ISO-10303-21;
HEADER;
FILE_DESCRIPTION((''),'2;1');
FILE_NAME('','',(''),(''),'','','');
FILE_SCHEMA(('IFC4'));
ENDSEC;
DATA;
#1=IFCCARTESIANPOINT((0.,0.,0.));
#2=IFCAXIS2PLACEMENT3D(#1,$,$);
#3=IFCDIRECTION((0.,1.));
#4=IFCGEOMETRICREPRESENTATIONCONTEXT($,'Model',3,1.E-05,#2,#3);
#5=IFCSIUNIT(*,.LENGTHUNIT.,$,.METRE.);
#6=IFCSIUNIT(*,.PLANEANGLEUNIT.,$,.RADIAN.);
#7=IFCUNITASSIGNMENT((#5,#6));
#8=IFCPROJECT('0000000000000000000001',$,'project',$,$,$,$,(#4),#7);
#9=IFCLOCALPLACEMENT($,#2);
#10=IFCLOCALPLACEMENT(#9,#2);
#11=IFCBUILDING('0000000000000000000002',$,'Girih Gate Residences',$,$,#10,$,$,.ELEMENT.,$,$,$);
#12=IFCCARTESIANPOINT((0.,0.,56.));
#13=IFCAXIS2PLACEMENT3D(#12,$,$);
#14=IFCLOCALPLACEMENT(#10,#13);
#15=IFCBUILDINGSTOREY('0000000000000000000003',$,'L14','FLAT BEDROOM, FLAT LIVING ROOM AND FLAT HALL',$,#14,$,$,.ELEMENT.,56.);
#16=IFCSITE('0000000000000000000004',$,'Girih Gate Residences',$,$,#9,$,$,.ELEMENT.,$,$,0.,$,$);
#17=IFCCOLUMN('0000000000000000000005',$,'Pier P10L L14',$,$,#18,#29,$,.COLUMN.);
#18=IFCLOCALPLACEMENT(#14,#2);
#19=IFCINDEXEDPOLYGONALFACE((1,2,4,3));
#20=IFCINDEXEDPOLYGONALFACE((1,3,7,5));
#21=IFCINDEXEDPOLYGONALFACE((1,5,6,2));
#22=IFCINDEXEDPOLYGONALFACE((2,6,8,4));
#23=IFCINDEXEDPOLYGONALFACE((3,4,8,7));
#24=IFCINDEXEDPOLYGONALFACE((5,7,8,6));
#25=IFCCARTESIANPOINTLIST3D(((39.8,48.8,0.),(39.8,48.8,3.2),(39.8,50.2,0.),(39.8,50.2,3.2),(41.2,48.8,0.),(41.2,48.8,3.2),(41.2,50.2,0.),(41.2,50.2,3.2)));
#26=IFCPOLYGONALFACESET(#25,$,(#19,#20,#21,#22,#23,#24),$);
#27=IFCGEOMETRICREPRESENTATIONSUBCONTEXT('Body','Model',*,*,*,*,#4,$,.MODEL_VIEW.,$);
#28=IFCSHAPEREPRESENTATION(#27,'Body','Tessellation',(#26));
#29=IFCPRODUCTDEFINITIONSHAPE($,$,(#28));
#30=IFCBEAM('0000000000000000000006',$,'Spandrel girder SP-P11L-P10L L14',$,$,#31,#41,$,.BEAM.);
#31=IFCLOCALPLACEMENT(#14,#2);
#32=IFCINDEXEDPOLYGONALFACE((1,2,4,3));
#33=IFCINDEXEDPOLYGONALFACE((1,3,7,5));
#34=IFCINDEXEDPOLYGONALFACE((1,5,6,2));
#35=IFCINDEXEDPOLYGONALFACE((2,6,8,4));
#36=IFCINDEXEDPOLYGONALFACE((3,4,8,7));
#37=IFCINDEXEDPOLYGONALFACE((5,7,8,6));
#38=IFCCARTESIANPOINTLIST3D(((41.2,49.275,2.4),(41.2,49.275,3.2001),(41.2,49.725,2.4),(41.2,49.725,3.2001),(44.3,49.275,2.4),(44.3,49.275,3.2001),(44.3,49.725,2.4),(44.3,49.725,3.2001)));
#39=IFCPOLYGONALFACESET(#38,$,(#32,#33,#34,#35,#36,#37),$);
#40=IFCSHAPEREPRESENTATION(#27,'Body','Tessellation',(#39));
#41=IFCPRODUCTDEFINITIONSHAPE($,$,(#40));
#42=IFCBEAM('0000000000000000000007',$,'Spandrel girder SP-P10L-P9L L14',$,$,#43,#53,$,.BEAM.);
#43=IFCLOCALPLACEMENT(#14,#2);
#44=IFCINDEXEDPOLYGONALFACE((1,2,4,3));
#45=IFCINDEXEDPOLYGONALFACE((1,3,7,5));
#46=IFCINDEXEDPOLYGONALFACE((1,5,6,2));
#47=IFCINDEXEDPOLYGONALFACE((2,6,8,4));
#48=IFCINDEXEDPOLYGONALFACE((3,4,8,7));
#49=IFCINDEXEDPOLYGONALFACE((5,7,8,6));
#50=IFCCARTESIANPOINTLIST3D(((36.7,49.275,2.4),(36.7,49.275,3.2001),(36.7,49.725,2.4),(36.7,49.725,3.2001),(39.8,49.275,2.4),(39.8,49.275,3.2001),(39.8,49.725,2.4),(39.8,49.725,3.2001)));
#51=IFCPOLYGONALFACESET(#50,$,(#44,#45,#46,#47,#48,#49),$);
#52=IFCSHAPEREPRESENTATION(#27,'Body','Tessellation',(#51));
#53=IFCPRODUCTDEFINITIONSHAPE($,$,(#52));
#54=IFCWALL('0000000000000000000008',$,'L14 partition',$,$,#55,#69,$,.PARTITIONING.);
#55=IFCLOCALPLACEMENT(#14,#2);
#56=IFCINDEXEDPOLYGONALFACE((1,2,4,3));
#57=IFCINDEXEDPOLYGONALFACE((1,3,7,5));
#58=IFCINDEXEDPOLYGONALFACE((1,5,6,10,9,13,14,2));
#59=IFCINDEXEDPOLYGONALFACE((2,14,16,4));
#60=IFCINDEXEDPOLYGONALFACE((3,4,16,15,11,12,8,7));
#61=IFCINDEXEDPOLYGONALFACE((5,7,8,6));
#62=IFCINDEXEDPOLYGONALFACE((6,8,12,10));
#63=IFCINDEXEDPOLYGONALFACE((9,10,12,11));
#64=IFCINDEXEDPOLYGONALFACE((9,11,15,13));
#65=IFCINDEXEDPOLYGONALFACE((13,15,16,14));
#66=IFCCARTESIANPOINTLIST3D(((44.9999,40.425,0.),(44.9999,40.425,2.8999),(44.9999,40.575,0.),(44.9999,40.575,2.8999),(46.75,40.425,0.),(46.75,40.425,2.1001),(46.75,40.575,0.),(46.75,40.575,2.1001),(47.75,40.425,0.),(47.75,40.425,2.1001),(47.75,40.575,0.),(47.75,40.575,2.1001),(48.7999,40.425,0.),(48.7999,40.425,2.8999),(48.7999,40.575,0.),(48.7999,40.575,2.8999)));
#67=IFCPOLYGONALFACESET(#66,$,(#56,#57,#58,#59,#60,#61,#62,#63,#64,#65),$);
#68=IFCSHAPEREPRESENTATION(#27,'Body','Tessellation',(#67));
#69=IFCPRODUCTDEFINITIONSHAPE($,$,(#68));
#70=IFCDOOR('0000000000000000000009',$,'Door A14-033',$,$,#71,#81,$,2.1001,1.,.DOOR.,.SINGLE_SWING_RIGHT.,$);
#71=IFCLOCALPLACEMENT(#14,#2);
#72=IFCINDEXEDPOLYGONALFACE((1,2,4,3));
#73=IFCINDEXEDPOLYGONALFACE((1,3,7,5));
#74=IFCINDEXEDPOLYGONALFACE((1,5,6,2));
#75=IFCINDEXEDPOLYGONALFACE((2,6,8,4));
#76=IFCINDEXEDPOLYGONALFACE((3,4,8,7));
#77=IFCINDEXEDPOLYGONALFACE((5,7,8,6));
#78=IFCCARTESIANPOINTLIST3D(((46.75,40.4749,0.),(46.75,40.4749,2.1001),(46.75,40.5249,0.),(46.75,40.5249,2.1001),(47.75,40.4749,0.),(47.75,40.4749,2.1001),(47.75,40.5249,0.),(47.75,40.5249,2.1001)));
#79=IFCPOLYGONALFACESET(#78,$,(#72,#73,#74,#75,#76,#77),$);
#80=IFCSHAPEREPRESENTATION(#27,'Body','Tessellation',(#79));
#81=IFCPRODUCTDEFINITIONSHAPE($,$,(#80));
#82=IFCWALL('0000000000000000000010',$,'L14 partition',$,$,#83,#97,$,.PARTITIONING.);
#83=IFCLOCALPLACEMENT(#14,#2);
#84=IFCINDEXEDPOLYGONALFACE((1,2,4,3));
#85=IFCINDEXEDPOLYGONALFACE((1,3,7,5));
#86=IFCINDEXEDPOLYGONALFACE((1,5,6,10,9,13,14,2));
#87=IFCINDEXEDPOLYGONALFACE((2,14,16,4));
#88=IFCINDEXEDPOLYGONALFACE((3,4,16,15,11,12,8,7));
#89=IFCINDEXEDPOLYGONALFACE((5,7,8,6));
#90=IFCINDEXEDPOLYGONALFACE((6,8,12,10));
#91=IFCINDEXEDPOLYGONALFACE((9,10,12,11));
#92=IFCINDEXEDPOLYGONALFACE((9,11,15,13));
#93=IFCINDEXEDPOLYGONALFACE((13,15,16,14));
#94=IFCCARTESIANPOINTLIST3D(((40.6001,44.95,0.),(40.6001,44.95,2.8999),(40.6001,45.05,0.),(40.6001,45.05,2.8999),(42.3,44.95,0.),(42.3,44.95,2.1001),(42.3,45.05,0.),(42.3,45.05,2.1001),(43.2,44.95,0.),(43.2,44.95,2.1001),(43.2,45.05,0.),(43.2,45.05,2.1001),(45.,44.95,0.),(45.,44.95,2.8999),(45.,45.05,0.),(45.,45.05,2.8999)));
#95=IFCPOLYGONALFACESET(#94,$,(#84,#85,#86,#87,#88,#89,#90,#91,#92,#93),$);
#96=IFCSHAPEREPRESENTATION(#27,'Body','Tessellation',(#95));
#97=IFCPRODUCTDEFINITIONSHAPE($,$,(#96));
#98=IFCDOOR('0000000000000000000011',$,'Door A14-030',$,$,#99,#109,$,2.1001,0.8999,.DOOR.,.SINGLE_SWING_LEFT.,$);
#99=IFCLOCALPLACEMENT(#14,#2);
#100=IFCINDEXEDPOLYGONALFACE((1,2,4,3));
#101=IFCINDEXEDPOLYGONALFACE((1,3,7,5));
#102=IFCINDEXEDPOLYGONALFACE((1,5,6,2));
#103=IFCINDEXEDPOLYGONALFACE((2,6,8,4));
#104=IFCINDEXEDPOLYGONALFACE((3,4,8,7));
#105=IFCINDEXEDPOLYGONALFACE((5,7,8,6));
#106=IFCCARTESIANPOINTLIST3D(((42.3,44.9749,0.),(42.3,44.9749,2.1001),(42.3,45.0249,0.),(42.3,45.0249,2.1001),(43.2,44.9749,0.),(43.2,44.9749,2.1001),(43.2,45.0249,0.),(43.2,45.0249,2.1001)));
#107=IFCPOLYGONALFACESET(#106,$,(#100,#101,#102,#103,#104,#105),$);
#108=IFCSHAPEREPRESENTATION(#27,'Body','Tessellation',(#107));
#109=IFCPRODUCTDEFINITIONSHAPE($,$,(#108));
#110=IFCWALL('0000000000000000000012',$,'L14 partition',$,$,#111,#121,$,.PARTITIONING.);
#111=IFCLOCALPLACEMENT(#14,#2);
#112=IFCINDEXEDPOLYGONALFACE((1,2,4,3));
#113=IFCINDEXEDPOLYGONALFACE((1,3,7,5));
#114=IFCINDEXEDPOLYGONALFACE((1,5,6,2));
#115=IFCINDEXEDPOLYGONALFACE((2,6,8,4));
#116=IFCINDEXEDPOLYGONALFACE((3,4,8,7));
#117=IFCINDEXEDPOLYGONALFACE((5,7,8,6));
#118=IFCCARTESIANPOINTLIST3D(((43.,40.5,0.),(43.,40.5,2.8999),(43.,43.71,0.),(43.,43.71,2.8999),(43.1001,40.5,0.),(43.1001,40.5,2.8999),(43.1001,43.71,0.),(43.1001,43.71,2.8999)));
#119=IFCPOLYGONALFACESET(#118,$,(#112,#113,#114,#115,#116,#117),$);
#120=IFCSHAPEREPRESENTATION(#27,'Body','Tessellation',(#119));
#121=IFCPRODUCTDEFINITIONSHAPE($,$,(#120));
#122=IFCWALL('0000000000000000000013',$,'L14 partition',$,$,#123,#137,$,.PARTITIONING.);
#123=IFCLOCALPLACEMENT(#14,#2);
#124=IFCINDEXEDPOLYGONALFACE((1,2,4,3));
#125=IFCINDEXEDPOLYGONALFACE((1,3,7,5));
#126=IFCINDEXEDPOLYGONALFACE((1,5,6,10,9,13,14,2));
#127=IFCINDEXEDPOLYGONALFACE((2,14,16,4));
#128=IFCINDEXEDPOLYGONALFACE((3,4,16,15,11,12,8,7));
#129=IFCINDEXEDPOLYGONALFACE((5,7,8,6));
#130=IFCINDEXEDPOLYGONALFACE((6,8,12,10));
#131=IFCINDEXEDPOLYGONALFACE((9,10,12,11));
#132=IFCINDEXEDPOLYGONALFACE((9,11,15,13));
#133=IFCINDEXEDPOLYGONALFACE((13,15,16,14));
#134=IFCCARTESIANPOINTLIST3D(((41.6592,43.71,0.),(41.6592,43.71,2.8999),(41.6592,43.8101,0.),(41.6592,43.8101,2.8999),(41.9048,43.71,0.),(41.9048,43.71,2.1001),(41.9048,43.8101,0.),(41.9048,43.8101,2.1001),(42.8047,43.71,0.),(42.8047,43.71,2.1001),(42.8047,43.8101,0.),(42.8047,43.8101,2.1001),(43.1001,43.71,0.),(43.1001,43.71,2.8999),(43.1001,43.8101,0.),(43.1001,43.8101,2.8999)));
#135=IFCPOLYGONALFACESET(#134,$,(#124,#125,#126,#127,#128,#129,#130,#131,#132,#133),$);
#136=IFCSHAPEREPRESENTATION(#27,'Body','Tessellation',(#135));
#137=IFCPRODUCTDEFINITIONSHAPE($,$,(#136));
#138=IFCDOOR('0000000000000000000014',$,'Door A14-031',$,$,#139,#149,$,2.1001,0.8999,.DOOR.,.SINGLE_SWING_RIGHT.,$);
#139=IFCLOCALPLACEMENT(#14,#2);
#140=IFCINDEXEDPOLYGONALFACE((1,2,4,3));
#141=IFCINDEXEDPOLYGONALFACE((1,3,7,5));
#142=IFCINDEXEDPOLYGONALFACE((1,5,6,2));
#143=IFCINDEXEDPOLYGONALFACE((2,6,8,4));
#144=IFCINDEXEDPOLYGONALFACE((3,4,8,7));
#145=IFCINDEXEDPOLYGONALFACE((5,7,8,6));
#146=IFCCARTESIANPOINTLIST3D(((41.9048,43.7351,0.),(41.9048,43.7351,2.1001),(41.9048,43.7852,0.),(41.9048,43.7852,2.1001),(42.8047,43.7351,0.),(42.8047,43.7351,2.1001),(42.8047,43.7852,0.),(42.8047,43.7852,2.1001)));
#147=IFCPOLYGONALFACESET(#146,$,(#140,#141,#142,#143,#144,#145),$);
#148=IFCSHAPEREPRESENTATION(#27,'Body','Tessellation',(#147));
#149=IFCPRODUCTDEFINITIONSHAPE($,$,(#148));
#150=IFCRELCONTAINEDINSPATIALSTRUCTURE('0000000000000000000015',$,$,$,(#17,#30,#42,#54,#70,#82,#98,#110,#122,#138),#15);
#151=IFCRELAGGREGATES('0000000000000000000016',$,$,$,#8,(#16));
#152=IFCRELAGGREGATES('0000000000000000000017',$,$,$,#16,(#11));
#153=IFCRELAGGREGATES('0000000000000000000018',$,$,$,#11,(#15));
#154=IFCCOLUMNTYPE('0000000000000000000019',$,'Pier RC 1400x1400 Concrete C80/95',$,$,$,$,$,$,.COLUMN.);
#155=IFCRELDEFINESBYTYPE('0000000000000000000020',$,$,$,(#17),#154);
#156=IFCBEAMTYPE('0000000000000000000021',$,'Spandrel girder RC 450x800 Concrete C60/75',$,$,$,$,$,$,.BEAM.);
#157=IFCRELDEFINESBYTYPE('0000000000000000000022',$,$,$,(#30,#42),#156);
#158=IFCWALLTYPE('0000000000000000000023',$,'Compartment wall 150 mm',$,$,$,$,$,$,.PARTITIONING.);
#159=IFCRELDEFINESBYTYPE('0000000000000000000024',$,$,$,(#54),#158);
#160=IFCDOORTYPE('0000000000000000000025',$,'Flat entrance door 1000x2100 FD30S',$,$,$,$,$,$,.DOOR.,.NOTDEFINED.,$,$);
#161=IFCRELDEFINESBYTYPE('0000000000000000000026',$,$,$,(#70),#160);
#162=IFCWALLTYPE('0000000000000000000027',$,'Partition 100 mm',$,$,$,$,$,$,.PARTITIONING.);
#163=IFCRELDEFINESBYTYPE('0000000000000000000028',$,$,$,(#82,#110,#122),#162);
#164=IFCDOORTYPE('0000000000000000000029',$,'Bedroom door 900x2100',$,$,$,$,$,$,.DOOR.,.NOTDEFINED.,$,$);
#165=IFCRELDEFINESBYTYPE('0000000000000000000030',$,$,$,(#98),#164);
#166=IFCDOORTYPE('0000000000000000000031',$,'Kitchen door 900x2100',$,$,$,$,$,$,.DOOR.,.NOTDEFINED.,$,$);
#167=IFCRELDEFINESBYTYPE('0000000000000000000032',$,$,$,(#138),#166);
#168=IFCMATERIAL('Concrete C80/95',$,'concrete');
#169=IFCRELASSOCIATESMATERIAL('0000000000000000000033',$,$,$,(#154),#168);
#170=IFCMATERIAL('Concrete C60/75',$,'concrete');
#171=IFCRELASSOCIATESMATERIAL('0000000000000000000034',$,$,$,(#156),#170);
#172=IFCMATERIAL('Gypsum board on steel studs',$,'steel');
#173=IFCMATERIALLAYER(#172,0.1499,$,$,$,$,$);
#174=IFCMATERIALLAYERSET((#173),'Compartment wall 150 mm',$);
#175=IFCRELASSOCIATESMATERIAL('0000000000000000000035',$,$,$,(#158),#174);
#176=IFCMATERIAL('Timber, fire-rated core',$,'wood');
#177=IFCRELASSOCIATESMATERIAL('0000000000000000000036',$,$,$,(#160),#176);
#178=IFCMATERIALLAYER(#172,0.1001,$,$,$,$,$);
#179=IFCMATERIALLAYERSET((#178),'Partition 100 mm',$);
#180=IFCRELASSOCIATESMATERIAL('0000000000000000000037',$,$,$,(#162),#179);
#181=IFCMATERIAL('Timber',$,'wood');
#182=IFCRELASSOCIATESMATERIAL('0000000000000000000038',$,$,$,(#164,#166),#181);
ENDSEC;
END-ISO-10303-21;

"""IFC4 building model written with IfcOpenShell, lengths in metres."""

from ifc_helpers import new_model, si_unit, direction, frame, frame_2d, origin, origin_2d, place, context, subcontext, project, spatial, rectangle, extrude, material, layer, layer_set, material_profile, profile_set, type_object, element, fill, save


model = new_model("IFC4")

# Units and contexts
model_context = context("Model", 3, precision=1e-05, world=origin(), true_north=direction((0.0, 1.0)))
body_context = subcontext(model_context, "Body", "Model", "MODEL_VIEW")
ifc_project = project(units=[si_unit("LENGTHUNIT", "METRE"), si_unit("PLANEANGLEUNIT", "RADIAN")], contexts=[model_context])

# Site, building, storey
site_placement = place(None, origin())
site = spatial("IfcSite", under=ifc_project, at=site_placement, Name="Girih Gate Residences", CompositionType="ELEMENT", RefElevation=0.0)
building_placement = place(site_placement, origin())
building = spatial("IfcBuilding", under=site, at=building_placement, Name="Girih Gate Residences", CompositionType="ELEMENT")
storey_placement = place(building_placement, frame((0.0, 0.0, 56.0)))
storey = spatial("IfcBuildingStorey", under=building, at=storey_placement, Name="L14", Description="FLAT BEDROOM, FLAT LIVING ROOM AND FLAT HALL", CompositionType="ELEMENT", Elevation=56.0)

# Column
ifc_material_1 = material(Name="Concrete C80/95", Category="concrete")
ifc_material_profile_1 = material_profile(ifc_material_1, rectangle(XDim=1.3999, YDim=1.3999, at=origin_2d()))
ifc_profile_set_1 = profile_set([ifc_material_profile_1], Name="Concrete C80/95")
column_type = type_object("IfcColumnType", Name="Pier RC 1400x1400 Concrete C80/95", PredefinedType="COLUMN", material=ifc_profile_set_1)
column_placement = place(storey_placement, frame((40.5, 49.5, 0.0), z_axis=(0.0, 0.0, 1.0), x_axis=(1.0, 0.0, 0.0)))
element("IfcColumn", 1, at=column_placement, inside=storey, type_object=column_type, Name="Pier P10L L14", PredefinedType="COLUMN", context=body_context, shape_type="SweptSolid", body=[
    extrude(rectangle(XDim=1.3999, YDim=1.3999, at=origin_2d()), origin(), (0.0, 0.0, 1.0), 3.2),
])

# Beams
ifc_material_2 = material(Name="Concrete C60/75", Category="concrete")
ifc_material_profile_2 = material_profile(ifc_material_2, rectangle(XDim=0.45, YDim=0.8, at=origin_2d()))
ifc_profile_set_2 = profile_set([ifc_material_profile_2], Name="Concrete C60/75")
beam_type = type_object("IfcBeamType", Name="Spandrel girder RC 450x800 Concrete C60/75", PredefinedType="BEAM", material=ifc_profile_set_2)
for number, where, z_axis, x_axis, name in (
    (2, (44.3, 49.5, 2.8), (-1.0, 0.0, 0.0), (0.0, -1.0, 0.0), "Spandrel girder SP-P11L-P10L L14"),
    (3, (39.8, 49.5, 2.8), (-1.0, 0.0, 0.0), (0.0, -1.0, 0.0), "Spandrel girder SP-P10L-P9L L14"),
):
    element("IfcBeam", number, at=place(storey_placement, frame(where, z_axis=z_axis, x_axis=x_axis)), inside=storey, type_object=beam_type, Name=name, PredefinedType="BEAM", context=body_context, shape_type="SweptSolid", body=[
        extrude(rectangle(XDim=0.45, YDim=0.8, at=origin_2d()), origin(), (0.0, 0.0, 1.0), 3.1001),
    ])

# Walls, openings, doors
ifc_material_3 = material(Name="Gypsum board on steel studs", Category="steel")
ifc_layer_1 = layer(ifc_material_3, 0.1499)
ifc_layer_set_1 = layer_set([ifc_layer_1], Name="Compartment wall 150 mm")
wall_type_1 = type_object("IfcWallType", Name="Compartment wall 150 mm", PredefinedType="PARTITIONING", material=ifc_layer_set_1)
wall_1_placement = place(storey_placement, frame((45.0, 40.5, 0.0), z_axis=(0.0, 0.0, 1.0), x_axis=(1.0, 0.0, 0.0)))
wall_1 = element("IfcWall", 4, at=wall_1_placement, inside=storey, type_object=wall_type_1, Name="L14 partition", PredefinedType="PARTITIONING", context=body_context, shape_type="SweptSolid", body=[
    extrude(rectangle(XDim=3.8, YDim=0.1499, at=frame_2d((1.8999, 0.0))), origin(), (0.0, 0.0, 1.0), 2.8999),
])
opening_1_placement = place(wall_1_placement, frame((1.75, 0.0, 0.0)))
opening_1 = element("IfcOpeningElement", 5, at=opening_1_placement, cuts=wall_1, PredefinedType="OPENING", context=body_context, shape_type="SweptSolid", body=[
    extrude(rectangle(XDim=1.0, YDim=2.1001, at=frame_2d((0.5, 1.05))), frame((0.0, 0.085, 0.0), z_axis=(0.0, -1.0, 0.0), x_axis=(1.0, 0.0, 0.0)), (0.0, 0.0, 1.0), 0.1699),
])
ifc_material_4 = material(Name="Timber, fire-rated core", Category="wood")
door_type_1 = type_object("IfcDoorType", Name="Flat entrance door 1000x2100 FD30S", OperationType="NOTDEFINED", PredefinedType="DOOR", material=ifc_material_4)
door_1_placement = place(opening_1_placement, origin())
door_1 = element("IfcDoor", 6, at=door_1_placement, inside=storey, type_object=door_type_1, Name="Door A14-033", OperationType="SINGLE_SWING_RIGHT", OverallHeight=2.1001, OverallWidth=1.0, PredefinedType="DOOR", context=body_context, shape_type="SweptSolid", body=[
    extrude(rectangle(XDim=1.0, YDim=2.1001, at=frame_2d((0.5, 1.05))), frame((0.0, 0.0249, 0.0), z_axis=(0.0, -1.0, 0.0), x_axis=(1.0, 0.0, 0.0)), (0.0, 0.0, 1.0), 0.05),
])
fill(opening_1, door_1)
ifc_layer_2 = layer(ifc_material_3, 0.1001)
ifc_layer_set_2 = layer_set([ifc_layer_2], Name="Partition 100 mm")
wall_type_2 = type_object("IfcWallType", Name="Partition 100 mm", PredefinedType="PARTITIONING", material=ifc_layer_set_2)
wall_2_placement = place(storey_placement, frame((40.6001, 45.0, 0.0), z_axis=(0.0, 0.0, 1.0), x_axis=(1.0, 0.0, 0.0)))
wall_2 = element("IfcWall", 7, at=wall_2_placement, inside=storey, type_object=wall_type_2, Name="L14 partition", PredefinedType="PARTITIONING", context=body_context, shape_type="SweptSolid", body=[
    extrude(rectangle(XDim=4.3999, YDim=0.1001, at=frame_2d((2.2, 0.0))), origin(), (0.0, 0.0, 1.0), 2.8999),
])
opening_2_placement = place(wall_2_placement, frame((1.7, 0.0, 0.0)))
opening_2 = element("IfcOpeningElement", 8, at=opening_2_placement, cuts=wall_2, PredefinedType="OPENING", context=body_context, shape_type="SweptSolid", body=[
    extrude(rectangle(XDim=0.8999, YDim=2.1001, at=frame_2d((0.45, 1.05))), frame((0.0, 0.0601, 0.0), z_axis=(0.0, -1.0, 0.0), x_axis=(1.0, 0.0, 0.0)), (0.0, 0.0, 1.0), 0.1201),
])
ifc_material_5 = material(Name="Timber", Category="wood")
door_type_2 = type_object("IfcDoorType", Name="Bedroom door 900x2100", OperationType="NOTDEFINED", PredefinedType="DOOR", material=ifc_material_5)
door_2_placement = place(opening_2_placement, origin())
door_2 = element("IfcDoor", 9, at=door_2_placement, inside=storey, type_object=door_type_2, Name="Door A14-030", OperationType="SINGLE_SWING_LEFT", OverallHeight=2.1001, OverallWidth=0.8999, PredefinedType="DOOR", context=body_context, shape_type="SweptSolid", body=[
    extrude(rectangle(XDim=0.8999, YDim=2.1001, at=frame_2d((0.45, 1.05))), frame((0.0, 0.0249, 0.0), z_axis=(0.0, -1.0, 0.0), x_axis=(1.0, 0.0, 0.0)), (0.0, 0.0, 1.0), 0.05),
])
fill(opening_2, door_2)

# Wall
wall_3_placement = place(storey_placement, frame((43.05, 40.5, 0.0), z_axis=(0.0, 0.0, 1.0), x_axis=(0.0, 1.0, 0.0)))
element("IfcWall", 10, at=wall_3_placement, inside=storey, type_object=wall_type_2, Name="L14 partition", PredefinedType="PARTITIONING", context=body_context, shape_type="SweptSolid", body=[
    extrude(rectangle(XDim=3.21, YDim=0.1001, at=frame_2d((1.605, 0.0))), origin(), (0.0, 0.0, 1.0), 2.8999),
])

# Wall, opening, door
wall_4_placement = place(storey_placement, frame((43.1001, 43.76, 0.0), z_axis=(0.0, 0.0, 1.0), x_axis=(-1.0, 0.0, 0.0)))
wall_4 = element("IfcWall", 11, at=wall_4_placement, inside=storey, type_object=wall_type_2, Name="L14 partition", PredefinedType="PARTITIONING", context=body_context, shape_type="SweptSolid", body=[
    extrude(rectangle(XDim=1.4409, YDim=0.1001, at=frame_2d((0.7205, 0.0))), origin(), (0.0, 0.0, 1.0), 2.8999),
])
opening_3_placement = place(wall_4_placement, frame((0.2954, 0.0, 0.0)))
opening_3 = element("IfcOpeningElement", 12, at=opening_3_placement, cuts=wall_4, PredefinedType="OPENING", context=body_context, shape_type="SweptSolid", body=[
    extrude(rectangle(XDim=0.8999, YDim=2.1001, at=frame_2d((0.45, 1.05))), frame((0.0, 0.0601, 0.0), z_axis=(0.0, -1.0, 0.0), x_axis=(1.0, 0.0, 0.0)), (0.0, 0.0, 1.0), 0.1201),
])
door_type_3 = type_object("IfcDoorType", Name="Kitchen door 900x2100", OperationType="NOTDEFINED", PredefinedType="DOOR", material=ifc_material_5)
door_3_placement = place(opening_3_placement, origin())
door_3 = element("IfcDoor", 13, at=door_3_placement, inside=storey, type_object=door_type_3, Name="Door A14-031", OperationType="SINGLE_SWING_RIGHT", OverallHeight=2.1001, OverallWidth=0.8999, PredefinedType="DOOR", context=body_context, shape_type="SweptSolid", body=[
    extrude(rectangle(XDim=0.8999, YDim=2.1001, at=frame_2d((0.45, 1.05))), frame((0.0, 0.0249, 0.0), z_axis=(0.0, -1.0, 0.0), x_axis=(1.0, 0.0, 0.0)), (0.0, 0.0, 1.0), 0.05),
])
fill(opening_3, door_3)

save(model, "model.ifc")
